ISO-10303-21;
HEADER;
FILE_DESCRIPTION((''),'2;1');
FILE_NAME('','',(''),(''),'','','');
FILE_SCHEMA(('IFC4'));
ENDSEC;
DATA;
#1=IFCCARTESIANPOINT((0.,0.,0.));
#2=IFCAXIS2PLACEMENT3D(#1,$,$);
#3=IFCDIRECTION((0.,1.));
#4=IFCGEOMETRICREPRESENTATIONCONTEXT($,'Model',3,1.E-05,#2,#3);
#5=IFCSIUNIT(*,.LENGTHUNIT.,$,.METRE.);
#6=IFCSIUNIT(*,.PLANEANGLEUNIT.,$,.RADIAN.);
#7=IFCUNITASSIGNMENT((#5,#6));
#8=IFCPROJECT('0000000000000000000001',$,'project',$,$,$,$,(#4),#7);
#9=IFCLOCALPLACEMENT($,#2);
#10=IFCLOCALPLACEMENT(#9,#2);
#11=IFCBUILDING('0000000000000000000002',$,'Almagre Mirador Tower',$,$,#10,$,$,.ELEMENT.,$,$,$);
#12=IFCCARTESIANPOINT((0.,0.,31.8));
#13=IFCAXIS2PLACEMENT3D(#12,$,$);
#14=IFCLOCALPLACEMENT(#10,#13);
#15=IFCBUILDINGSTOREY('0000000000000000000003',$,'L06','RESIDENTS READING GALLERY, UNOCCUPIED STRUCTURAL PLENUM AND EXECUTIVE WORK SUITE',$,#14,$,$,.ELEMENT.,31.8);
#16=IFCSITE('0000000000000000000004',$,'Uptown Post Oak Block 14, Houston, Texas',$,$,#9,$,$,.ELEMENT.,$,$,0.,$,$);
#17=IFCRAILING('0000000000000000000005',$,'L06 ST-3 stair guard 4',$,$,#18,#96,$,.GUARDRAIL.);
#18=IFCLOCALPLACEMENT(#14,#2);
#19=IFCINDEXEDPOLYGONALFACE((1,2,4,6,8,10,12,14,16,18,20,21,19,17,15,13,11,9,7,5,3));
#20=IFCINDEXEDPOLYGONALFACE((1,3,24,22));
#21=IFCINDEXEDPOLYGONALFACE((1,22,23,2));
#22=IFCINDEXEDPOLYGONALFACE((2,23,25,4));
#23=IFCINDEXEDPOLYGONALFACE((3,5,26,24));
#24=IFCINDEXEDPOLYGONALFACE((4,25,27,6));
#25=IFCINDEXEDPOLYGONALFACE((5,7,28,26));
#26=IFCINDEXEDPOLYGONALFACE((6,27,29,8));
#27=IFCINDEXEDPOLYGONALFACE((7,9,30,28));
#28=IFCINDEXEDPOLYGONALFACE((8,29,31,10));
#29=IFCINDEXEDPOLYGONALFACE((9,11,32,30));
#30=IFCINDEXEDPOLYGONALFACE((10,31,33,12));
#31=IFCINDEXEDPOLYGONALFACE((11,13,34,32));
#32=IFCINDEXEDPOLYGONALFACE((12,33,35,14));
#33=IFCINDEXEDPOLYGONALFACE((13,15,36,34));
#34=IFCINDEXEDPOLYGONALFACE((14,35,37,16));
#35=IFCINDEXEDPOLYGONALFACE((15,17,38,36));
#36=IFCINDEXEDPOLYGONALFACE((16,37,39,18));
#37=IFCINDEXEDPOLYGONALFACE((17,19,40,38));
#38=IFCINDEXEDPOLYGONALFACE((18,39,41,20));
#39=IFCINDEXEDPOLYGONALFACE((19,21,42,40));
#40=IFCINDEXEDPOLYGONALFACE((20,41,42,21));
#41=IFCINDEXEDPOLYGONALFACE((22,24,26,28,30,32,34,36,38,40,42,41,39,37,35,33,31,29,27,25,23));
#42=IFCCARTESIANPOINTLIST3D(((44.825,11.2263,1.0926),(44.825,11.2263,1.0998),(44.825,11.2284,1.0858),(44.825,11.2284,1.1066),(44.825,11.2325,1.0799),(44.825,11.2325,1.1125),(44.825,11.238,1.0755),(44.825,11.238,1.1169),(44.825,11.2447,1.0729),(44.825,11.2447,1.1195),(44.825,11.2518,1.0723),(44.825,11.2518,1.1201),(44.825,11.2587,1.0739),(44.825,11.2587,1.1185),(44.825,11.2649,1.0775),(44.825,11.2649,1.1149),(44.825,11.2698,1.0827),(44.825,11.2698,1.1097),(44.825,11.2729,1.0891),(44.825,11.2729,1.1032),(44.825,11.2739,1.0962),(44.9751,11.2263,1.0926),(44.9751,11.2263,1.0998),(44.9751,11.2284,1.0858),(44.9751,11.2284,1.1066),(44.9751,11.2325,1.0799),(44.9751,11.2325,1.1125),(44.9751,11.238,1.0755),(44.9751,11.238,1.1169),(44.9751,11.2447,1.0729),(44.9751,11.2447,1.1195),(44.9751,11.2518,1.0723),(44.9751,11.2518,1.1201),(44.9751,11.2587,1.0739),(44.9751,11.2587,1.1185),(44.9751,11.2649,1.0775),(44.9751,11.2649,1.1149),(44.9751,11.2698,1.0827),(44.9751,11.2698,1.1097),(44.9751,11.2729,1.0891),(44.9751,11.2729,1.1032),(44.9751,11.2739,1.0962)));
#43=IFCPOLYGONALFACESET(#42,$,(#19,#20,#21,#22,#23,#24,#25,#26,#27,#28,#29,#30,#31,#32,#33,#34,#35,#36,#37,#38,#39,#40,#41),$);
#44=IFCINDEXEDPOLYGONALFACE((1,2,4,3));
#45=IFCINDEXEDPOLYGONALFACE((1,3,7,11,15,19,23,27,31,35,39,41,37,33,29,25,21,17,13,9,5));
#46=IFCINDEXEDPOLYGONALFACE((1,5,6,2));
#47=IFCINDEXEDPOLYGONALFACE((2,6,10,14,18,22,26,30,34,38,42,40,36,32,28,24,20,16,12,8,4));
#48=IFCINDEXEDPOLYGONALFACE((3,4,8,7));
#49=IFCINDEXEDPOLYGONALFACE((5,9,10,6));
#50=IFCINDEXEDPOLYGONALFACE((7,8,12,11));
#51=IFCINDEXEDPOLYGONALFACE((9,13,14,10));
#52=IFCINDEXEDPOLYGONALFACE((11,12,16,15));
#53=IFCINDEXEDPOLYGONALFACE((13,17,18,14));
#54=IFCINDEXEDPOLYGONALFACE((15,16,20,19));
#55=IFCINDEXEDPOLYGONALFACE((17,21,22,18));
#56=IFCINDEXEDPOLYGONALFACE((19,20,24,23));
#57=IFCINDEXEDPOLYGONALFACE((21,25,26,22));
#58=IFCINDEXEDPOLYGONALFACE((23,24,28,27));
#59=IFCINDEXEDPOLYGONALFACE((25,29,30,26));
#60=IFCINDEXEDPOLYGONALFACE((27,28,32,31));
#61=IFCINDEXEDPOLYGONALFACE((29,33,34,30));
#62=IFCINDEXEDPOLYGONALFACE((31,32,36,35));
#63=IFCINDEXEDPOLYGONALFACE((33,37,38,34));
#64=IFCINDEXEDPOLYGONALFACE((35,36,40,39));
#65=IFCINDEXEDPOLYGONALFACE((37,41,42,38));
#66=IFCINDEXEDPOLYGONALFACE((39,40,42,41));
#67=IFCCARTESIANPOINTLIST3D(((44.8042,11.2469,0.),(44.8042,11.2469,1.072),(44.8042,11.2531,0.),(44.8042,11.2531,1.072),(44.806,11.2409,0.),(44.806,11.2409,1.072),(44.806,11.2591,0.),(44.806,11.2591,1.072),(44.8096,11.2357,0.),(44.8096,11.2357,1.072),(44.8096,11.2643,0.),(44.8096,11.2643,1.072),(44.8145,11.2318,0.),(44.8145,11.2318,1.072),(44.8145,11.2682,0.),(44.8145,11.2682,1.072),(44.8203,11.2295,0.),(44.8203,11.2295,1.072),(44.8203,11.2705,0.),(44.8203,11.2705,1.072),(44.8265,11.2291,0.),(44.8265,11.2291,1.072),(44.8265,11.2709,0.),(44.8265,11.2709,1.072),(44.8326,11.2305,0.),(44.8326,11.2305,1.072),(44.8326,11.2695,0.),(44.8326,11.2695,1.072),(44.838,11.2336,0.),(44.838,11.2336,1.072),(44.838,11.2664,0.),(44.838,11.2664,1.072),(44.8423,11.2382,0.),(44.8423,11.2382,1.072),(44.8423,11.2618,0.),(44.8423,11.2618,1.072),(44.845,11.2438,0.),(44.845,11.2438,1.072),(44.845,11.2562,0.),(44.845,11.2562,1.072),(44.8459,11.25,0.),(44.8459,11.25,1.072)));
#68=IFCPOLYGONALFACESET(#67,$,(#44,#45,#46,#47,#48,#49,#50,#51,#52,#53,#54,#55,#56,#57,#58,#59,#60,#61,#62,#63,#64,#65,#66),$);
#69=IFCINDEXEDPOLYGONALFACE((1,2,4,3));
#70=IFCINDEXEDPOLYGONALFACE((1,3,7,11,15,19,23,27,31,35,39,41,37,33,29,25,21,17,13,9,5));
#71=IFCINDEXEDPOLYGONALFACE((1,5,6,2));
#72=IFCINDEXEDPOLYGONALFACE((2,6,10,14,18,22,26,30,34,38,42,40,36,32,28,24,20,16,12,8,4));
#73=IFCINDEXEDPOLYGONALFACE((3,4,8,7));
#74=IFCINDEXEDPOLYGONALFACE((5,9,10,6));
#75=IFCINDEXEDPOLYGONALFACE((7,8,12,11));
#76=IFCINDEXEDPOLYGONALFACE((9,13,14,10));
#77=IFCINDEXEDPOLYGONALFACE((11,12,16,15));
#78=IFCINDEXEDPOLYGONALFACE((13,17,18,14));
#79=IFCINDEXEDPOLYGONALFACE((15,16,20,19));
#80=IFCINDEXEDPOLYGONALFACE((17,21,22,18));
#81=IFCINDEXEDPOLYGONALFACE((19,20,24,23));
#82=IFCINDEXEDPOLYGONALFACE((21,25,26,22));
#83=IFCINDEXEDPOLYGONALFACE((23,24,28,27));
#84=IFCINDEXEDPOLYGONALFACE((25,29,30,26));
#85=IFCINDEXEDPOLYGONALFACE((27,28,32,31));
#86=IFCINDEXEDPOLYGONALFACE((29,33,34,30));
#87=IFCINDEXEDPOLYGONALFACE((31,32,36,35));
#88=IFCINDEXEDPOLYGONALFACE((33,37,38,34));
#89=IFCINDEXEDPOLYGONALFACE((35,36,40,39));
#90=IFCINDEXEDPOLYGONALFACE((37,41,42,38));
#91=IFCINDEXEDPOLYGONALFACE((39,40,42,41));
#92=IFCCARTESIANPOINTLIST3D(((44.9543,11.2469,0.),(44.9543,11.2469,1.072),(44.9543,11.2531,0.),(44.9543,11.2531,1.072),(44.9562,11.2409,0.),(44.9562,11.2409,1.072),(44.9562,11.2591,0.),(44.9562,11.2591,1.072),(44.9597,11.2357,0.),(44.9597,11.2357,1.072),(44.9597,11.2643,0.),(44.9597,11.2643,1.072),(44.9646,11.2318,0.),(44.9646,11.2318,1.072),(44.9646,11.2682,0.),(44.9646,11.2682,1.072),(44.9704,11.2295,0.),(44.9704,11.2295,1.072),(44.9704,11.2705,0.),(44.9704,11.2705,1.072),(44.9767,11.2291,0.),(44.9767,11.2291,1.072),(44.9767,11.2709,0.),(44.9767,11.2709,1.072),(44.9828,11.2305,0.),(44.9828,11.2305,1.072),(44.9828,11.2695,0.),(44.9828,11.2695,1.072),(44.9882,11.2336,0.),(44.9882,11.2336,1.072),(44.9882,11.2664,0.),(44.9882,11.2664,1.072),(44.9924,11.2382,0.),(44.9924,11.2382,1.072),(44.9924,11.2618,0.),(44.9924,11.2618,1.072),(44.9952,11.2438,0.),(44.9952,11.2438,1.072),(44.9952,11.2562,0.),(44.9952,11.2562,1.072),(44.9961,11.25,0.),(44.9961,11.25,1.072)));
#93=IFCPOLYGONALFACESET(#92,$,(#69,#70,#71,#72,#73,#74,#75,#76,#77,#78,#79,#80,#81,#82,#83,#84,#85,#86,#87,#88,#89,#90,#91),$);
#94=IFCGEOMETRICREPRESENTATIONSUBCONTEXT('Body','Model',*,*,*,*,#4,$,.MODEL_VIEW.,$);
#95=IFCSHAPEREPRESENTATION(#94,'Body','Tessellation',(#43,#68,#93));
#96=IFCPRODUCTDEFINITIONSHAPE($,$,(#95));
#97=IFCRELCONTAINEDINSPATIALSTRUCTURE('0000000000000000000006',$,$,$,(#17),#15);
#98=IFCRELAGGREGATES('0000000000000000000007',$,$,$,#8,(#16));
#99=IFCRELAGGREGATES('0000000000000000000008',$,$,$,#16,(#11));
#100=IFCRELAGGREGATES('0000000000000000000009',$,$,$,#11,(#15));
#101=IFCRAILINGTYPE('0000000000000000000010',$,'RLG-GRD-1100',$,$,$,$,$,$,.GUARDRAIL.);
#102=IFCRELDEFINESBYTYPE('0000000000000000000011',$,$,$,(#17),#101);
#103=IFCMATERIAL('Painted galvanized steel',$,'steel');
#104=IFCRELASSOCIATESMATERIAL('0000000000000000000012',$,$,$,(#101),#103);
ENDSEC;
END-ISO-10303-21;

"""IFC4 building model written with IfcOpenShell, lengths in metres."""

from ifc_helpers import new_model, si_unit, direction, frame, origin, origin_2d, place, context, subcontext, project, spatial, circle, extrude, material, type_object, element, save


model = new_model("IFC4")

# Units and contexts
model_context = context("Model", 3, precision=1e-05, world=origin(), true_north=direction((0.0, 1.0)))
body_context = subcontext(model_context, "Body", "Model", "MODEL_VIEW")
ifc_project = project(units=[si_unit("LENGTHUNIT", "METRE"), si_unit("PLANEANGLEUNIT", "RADIAN")], contexts=[model_context])

# Site, building, storey
site_placement = place(None, origin())
site = spatial("IfcSite", under=ifc_project, at=site_placement, Name="Uptown Post Oak Block 14, Houston, Texas", CompositionType="ELEMENT", RefElevation=0.0)
building_placement = place(site_placement, origin())
building = spatial("IfcBuilding", under=site, at=building_placement, Name="Almagre Mirador Tower", CompositionType="ELEMENT")
storey_placement = place(building_placement, frame((0.0, 0.0, 31.8)))
storey = spatial("IfcBuildingStorey", under=building, at=storey_placement, Name="L06", Description="RESIDENTS READING GALLERY, UNOCCUPIED STRUCTURAL PLENUM AND EXECUTIVE WORK SUITE", CompositionType="ELEMENT", Elevation=31.8)

# Railing
ifc_material_1 = material(Name="Painted galvanized steel", Category="steel")
railing_type_1 = type_object("IfcRailingType", Name="RLG-GRD-1100", PredefinedType="GUARDRAIL", material=ifc_material_1)
railing_1_placement = place(storey_placement, frame((44.825, 11.25, 0.0)))
element("IfcRailing", 1, at=railing_1_placement, inside=storey, type_object=railing_type_1, Name="L06 ST-3 stair guard 4", PredefinedType="GUARDRAIL", context=body_context, shape_type="SweptSolid", body=[
    extrude(circle(Radius=0.0239, at=origin_2d()), frame((0.0, 0.0, 1.0962), z_axis=(1.0, 0.0, 0.0), x_axis=(0.0, 1.0, 0.0)), (0.0, 0.0, 1.0), 0.1501),
    extrude(circle(Radius=0.021, at=origin_2d()), origin(), (0.0, 0.0, 1.0), 1.072),
    extrude(circle(Radius=0.021, at=origin_2d()), frame((0.1501, 0.0, 0.0)), (0.0, 0.0, 1.0), 1.072),
])

save(model, "model.ifc")
